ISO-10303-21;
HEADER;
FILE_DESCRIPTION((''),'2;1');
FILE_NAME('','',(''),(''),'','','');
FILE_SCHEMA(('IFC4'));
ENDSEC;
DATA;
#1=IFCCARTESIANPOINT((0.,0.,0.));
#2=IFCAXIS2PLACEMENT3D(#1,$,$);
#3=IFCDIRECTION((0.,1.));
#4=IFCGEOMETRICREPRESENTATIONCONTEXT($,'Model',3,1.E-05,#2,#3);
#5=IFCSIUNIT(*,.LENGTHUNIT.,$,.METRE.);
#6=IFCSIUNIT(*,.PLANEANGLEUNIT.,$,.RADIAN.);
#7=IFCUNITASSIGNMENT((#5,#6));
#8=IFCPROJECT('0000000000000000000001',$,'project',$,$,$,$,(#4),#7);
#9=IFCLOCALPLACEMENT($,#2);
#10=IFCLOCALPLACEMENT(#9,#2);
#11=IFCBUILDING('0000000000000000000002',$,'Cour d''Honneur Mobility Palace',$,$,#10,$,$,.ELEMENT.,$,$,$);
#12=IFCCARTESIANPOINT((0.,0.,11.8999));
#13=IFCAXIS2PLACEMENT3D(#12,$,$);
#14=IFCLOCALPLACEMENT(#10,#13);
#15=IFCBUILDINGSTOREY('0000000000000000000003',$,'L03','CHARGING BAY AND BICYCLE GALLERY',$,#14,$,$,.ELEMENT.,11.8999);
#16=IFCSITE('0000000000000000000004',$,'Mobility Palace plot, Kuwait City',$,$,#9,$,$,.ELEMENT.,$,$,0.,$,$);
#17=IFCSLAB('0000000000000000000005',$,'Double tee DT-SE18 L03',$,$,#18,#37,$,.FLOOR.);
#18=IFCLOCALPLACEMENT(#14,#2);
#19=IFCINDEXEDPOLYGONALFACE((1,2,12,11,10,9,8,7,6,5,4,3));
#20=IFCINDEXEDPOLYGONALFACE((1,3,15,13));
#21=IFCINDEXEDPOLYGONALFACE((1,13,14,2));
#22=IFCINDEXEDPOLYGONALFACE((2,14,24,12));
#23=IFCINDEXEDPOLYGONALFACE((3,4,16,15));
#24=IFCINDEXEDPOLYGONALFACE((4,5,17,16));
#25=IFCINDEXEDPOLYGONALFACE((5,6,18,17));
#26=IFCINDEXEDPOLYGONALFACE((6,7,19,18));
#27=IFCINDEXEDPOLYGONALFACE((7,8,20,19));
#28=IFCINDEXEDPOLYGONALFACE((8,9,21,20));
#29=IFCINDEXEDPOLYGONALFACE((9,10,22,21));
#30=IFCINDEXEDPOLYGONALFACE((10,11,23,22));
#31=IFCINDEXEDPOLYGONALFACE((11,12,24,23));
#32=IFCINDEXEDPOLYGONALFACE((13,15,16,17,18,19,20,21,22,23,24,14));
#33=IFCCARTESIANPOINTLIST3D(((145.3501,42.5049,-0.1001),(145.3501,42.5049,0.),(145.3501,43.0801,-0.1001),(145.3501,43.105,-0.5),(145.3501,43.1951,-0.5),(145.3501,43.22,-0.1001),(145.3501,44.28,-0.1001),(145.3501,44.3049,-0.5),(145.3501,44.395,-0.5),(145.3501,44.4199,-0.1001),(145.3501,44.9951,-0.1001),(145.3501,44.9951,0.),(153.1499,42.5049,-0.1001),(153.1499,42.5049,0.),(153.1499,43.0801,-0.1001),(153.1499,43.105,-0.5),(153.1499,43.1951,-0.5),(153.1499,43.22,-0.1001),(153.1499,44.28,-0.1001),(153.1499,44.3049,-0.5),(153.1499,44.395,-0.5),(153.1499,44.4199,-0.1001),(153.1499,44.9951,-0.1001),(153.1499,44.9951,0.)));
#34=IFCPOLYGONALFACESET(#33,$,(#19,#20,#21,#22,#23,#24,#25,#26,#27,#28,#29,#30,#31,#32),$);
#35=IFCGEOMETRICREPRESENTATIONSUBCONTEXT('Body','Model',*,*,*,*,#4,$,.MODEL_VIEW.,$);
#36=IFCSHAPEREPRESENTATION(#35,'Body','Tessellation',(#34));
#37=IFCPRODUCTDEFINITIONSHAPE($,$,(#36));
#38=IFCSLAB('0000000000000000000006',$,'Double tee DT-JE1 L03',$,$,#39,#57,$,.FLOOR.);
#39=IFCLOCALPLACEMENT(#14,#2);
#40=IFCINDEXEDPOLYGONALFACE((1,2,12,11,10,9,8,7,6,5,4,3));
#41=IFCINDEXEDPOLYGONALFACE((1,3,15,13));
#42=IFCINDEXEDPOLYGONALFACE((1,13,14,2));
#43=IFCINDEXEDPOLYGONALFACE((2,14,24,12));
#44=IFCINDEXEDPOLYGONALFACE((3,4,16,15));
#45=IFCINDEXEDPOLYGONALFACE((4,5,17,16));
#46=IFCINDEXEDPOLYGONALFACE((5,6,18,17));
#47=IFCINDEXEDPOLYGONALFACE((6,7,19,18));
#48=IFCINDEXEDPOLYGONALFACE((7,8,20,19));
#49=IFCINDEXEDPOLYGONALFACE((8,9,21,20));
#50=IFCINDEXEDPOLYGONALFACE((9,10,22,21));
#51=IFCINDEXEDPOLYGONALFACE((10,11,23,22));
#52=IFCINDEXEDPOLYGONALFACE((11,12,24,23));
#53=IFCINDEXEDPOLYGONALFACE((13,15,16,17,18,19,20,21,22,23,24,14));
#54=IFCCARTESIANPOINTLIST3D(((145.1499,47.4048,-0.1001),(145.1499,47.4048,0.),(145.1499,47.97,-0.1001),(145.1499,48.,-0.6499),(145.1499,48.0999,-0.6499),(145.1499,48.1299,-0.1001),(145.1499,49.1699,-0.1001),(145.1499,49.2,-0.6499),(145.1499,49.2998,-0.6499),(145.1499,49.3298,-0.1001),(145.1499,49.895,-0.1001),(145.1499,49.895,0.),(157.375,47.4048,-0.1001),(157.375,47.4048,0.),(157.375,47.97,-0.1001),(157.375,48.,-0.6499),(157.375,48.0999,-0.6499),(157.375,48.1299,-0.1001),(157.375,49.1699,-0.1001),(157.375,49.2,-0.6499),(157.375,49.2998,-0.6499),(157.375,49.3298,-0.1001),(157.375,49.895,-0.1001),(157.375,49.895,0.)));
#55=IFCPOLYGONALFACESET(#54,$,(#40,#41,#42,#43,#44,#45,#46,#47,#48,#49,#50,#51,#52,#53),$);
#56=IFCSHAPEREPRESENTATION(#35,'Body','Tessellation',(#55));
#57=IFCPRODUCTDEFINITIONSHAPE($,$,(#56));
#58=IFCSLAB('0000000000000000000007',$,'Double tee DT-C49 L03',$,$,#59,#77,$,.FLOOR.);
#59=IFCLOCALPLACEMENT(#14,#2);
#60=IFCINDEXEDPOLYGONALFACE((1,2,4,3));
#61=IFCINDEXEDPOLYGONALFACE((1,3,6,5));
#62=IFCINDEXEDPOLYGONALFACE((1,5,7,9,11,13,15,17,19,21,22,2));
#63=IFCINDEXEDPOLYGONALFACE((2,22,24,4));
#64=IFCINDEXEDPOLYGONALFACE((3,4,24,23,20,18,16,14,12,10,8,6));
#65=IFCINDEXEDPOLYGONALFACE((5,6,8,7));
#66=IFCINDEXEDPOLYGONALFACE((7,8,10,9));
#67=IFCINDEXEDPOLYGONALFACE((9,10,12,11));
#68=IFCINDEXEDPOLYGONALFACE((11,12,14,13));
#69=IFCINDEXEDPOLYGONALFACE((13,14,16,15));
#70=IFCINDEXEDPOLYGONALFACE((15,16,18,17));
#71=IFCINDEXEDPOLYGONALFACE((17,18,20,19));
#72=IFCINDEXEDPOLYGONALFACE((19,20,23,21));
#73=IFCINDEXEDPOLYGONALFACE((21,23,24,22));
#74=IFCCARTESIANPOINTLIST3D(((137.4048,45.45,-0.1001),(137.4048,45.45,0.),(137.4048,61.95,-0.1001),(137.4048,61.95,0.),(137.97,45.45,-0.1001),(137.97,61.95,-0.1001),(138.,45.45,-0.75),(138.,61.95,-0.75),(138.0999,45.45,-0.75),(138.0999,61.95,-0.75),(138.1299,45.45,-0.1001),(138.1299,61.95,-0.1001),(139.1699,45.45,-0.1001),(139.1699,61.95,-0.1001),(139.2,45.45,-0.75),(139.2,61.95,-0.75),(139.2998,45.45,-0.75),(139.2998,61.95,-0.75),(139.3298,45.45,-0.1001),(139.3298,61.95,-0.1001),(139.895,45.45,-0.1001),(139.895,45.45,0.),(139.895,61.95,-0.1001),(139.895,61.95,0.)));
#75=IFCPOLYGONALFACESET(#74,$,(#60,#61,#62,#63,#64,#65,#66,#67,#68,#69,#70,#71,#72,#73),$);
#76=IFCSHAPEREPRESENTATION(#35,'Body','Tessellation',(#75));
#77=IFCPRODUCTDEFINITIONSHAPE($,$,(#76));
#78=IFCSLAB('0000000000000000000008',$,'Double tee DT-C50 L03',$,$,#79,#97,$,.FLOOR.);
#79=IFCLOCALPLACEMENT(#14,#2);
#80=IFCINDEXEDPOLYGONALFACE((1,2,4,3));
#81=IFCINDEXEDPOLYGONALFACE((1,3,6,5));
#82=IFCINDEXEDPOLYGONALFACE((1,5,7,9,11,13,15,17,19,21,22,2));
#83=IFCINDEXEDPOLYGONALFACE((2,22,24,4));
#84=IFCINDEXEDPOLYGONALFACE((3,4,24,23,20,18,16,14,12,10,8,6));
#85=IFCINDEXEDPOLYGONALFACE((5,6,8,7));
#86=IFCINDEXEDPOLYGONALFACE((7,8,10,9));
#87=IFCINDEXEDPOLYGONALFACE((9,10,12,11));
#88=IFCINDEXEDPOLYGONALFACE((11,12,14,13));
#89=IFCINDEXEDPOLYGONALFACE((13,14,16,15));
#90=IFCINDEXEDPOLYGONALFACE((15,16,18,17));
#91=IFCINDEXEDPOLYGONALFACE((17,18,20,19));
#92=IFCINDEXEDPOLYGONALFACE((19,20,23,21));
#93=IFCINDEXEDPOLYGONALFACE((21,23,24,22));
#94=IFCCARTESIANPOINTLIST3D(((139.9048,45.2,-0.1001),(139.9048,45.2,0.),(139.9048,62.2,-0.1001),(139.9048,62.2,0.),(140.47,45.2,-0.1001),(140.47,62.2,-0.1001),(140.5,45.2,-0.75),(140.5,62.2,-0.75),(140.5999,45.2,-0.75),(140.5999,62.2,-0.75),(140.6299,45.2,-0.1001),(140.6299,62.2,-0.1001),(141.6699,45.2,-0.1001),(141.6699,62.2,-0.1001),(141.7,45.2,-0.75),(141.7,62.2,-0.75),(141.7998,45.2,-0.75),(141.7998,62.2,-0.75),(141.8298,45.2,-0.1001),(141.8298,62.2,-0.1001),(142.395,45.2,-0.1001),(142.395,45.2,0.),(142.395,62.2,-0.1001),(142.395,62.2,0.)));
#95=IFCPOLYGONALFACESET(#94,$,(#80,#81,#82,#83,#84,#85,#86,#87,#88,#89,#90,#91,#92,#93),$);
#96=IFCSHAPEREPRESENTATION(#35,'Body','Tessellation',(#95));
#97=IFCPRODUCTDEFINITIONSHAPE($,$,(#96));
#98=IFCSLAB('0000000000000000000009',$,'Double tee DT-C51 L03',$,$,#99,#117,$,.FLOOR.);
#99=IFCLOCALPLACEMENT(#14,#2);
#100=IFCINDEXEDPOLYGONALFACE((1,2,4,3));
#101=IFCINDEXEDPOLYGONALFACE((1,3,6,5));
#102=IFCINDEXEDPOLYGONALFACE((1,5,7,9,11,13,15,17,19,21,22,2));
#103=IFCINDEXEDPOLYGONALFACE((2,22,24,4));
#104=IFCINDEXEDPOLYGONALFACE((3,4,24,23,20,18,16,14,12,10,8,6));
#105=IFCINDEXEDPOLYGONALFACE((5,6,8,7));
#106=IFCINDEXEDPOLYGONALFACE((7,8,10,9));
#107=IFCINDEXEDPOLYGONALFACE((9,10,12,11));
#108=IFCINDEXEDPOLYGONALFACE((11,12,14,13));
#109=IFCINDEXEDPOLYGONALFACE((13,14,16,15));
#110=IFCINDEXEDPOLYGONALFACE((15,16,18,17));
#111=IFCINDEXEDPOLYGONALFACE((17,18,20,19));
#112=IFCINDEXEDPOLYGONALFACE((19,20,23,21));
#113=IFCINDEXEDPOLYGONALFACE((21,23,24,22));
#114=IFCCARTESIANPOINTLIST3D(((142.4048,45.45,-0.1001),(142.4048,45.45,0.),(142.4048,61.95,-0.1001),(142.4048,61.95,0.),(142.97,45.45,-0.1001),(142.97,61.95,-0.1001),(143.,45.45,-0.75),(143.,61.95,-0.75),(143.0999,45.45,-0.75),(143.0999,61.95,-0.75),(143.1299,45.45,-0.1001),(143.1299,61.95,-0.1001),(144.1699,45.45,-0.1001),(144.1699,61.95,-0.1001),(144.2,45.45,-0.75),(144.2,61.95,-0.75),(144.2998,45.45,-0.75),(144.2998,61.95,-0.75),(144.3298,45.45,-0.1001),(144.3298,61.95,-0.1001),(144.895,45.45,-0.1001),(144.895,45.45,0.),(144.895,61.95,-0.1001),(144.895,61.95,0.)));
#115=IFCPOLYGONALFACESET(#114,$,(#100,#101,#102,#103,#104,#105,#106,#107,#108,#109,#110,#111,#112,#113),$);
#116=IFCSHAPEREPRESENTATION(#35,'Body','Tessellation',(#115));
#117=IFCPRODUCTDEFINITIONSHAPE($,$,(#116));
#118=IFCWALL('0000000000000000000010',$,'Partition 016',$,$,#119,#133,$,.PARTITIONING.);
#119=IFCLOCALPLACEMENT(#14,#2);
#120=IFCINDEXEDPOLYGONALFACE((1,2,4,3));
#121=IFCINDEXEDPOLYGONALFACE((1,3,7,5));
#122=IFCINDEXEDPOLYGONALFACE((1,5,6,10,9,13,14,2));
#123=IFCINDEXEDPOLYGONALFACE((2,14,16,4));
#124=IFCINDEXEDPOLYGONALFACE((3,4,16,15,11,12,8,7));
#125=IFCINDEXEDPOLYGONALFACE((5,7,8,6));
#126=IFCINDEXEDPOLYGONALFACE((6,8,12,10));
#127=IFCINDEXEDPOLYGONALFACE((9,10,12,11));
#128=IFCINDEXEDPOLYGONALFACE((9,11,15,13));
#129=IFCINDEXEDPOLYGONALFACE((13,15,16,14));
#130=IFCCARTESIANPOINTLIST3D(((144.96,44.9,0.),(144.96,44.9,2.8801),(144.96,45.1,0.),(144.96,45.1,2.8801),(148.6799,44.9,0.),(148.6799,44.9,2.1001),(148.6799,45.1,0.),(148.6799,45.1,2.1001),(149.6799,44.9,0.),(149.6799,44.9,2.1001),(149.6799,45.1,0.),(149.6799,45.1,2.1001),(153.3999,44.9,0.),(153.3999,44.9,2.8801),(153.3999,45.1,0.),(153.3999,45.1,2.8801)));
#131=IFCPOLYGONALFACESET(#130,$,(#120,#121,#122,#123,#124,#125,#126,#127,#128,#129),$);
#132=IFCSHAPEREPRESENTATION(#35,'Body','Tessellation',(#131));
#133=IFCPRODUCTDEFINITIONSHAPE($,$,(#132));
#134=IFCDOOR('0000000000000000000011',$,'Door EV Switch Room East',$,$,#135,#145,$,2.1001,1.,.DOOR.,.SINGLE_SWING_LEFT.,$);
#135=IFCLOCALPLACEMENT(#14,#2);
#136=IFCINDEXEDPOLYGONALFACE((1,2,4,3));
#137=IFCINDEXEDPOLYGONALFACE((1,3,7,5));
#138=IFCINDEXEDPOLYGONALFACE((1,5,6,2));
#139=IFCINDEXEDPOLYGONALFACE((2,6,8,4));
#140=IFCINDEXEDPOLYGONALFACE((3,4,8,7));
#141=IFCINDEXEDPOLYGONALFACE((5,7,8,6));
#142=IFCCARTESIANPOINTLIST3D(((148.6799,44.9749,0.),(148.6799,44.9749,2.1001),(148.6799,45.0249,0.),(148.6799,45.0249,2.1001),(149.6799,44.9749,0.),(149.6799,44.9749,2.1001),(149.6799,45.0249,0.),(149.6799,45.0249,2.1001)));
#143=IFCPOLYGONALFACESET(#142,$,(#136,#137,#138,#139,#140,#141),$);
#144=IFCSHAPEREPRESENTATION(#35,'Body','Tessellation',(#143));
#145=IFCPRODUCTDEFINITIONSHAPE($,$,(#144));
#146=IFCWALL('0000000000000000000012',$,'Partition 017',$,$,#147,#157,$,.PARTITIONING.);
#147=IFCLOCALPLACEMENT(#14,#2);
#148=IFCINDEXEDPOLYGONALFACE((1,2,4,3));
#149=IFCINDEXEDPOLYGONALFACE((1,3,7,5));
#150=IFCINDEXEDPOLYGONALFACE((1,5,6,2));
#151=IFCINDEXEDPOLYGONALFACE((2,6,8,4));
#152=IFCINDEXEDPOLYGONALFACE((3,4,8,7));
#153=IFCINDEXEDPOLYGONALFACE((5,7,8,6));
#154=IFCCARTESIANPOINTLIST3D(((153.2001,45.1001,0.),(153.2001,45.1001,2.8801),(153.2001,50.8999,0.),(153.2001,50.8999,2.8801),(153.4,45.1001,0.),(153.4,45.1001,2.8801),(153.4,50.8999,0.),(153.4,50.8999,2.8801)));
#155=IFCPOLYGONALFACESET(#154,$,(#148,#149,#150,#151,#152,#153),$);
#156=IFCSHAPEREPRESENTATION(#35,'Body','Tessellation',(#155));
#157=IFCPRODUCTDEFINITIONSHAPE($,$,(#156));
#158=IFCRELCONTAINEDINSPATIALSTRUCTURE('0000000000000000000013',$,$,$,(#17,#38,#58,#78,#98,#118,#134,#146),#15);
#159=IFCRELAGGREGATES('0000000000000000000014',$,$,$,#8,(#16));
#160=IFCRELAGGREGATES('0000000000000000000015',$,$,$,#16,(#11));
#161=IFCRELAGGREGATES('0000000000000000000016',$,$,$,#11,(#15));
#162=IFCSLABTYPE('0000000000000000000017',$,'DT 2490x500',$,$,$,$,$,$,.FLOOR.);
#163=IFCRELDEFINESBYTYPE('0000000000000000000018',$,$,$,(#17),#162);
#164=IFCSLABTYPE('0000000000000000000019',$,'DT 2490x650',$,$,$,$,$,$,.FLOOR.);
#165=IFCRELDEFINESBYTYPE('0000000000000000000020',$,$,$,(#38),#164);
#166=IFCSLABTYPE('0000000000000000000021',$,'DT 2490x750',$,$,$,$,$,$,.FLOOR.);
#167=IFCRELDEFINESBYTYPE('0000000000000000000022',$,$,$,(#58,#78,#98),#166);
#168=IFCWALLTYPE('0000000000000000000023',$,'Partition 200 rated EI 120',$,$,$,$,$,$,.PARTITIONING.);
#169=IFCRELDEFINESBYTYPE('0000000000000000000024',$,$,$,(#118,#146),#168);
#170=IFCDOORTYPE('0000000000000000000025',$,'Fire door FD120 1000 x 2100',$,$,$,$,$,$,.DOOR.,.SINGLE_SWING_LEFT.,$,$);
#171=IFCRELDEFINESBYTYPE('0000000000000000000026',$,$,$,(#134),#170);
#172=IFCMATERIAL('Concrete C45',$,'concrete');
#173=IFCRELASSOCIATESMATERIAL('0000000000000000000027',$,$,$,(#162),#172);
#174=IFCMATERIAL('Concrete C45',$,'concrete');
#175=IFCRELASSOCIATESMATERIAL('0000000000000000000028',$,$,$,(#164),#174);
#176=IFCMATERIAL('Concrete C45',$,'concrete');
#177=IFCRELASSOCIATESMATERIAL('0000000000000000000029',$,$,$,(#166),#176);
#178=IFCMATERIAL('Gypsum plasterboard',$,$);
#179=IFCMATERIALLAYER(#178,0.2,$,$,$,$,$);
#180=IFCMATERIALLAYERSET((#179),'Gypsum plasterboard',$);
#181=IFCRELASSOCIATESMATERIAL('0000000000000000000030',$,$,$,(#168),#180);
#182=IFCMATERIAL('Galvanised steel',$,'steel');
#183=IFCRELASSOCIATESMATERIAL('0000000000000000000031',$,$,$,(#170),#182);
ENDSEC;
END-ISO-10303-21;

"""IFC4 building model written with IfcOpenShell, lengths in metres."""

from ifc_helpers import new_model, si_unit, direction, frame, frame_2d, origin, place, context, subcontext, project, spatial, polyline, rectangle, outline, extrude, material, layer, layer_set, material_profile, profile_set, type_object, element, fill, save


model = new_model("IFC4")

# Units and contexts
model_context = context("Model", 3, precision=1e-05, world=origin(), true_north=direction((0.0, 1.0)))
body_context = subcontext(model_context, "Body", "Model", "MODEL_VIEW")
ifc_project = project(units=[si_unit("LENGTHUNIT", "METRE"), si_unit("PLANEANGLEUNIT", "RADIAN")], contexts=[model_context])

# Site, building, storey
site_placement = place(None, origin())
site = spatial("IfcSite", under=ifc_project, at=site_placement, Name="Mobility Palace plot, Kuwait City", CompositionType="ELEMENT", RefElevation=0.0)
building_placement = place(site_placement, origin())
building = spatial("IfcBuilding", under=site, at=building_placement, Name="Cour d'Honneur Mobility Palace", CompositionType="ELEMENT")
storey_placement = place(building_placement, frame((0.0, 0.0, 11.8999)))
storey = spatial("IfcBuildingStorey", under=building, at=storey_placement, Name="L03", Description="CHARGING BAY AND BICYCLE GALLERY", CompositionType="ELEMENT", Elevation=11.8999)

# Slabs
ifc_material_1 = material(Name="Concrete C45", Category="concrete")
ifc_material_profile_1 = material_profile(ifc_material_1, outline(polyline([(-1.2451, 0.0), (1.2451, 0.0), (1.2451, -0.1001), (0.6699, -0.1001), (0.645, -0.5), (0.5549, -0.5), (0.53, -0.1001), (-0.53, -0.1001), (-0.5549, -0.5), (-0.645, -0.5), (-0.6699, -0.1001), (-1.2451, -0.1001), (-1.2451, 0.0)])), Name="DT 2490x500")
ifc_profile_set_1 = profile_set([ifc_material_profile_1], Name="Concrete C45")
slab_type_1 = type_object("IfcSlabType", Name="DT 2490x500", PredefinedType="FLOOR", material=ifc_profile_set_1)
slab_1_placement = place(storey_placement, frame((145.3501, 43.75, 0.0), z_axis=(1.0, 0.0, 0.0), x_axis=(0.0, 1.0, 0.0)))
element("IfcSlab", 1, at=slab_1_placement, inside=storey, type_object=slab_type_1, Name="Double tee DT-SE18 L03", PredefinedType="FLOOR", context=body_context, shape_type="SweptSolid", body=[
    extrude(outline(polyline([(-1.2451, 0.0), (1.2451, 0.0), (1.2451, -0.1001), (0.6699, -0.1001), (0.645, -0.5), (0.5549, -0.5), (0.53, -0.1001), (-0.53, -0.1001), (-0.5549, -0.5), (-0.645, -0.5), (-0.6699, -0.1001), (-1.2451, -0.1001), (-1.2451, 0.0)])), origin(), (0.0, 0.0, 1.0), 7.7998),
])
ifc_material_2 = material(Name="Concrete C45", Category="concrete")
ifc_material_profile_2 = material_profile(ifc_material_2, outline(polyline([(-1.2451, 0.0), (1.2451, 0.0), (1.2451, -0.1001), (0.6799, -0.1001), (0.6499, -0.6499), (0.55, -0.6499), (0.52, -0.1001), (-0.52, -0.1001), (-0.55, -0.6499), (-0.6499, -0.6499), (-0.6799, -0.1001), (-1.2451, -0.1001), (-1.2451, 0.0)])), Name="DT 2490x650")
ifc_profile_set_2 = profile_set([ifc_material_profile_2], Name="Concrete C45")
slab_type_2 = type_object("IfcSlabType", Name="DT 2490x650", PredefinedType="FLOOR", material=ifc_profile_set_2)
slab_2_placement = place(storey_placement, frame((145.1499, 48.6499, 0.0), z_axis=(1.0, 0.0, 0.0), x_axis=(0.0, 1.0, 0.0)))
element("IfcSlab", 2, at=slab_2_placement, inside=storey, type_object=slab_type_2, Name="Double tee DT-JE1 L03", PredefinedType="FLOOR", context=body_context, shape_type="SweptSolid", body=[
    extrude(outline(polyline([(-1.2451, 0.0), (1.2451, 0.0), (1.2451, -0.1001), (0.6799, -0.1001), (0.6499, -0.6499), (0.55, -0.6499), (0.52, -0.1001), (-0.52, -0.1001), (-0.55, -0.6499), (-0.6499, -0.6499), (-0.6799, -0.1001), (-1.2451, -0.1001), (-1.2451, 0.0)])), origin(), (0.0, 0.0, 1.0), 12.2251),
])
ifc_material_3 = material(Name="Concrete C45", Category="concrete")
ifc_material_profile_3 = material_profile(ifc_material_3, outline(polyline([(-1.2451, 0.0), (1.2451, 0.0), (1.2451, -0.1001), (0.6799, -0.1001), (0.6499, -0.75), (0.55, -0.75), (0.52, -0.1001), (-0.52, -0.1001), (-0.55, -0.75), (-0.6499, -0.75), (-0.6799, -0.1001), (-1.2451, -0.1001), (-1.2451, 0.0)])), Name="DT 2490x750")
ifc_profile_set_3 = profile_set([ifc_material_profile_3], Name="Concrete C45")
slab_type_3 = type_object("IfcSlabType", Name="DT 2490x750", PredefinedType="FLOOR", material=ifc_profile_set_3)
slab_3_placement = place(storey_placement, frame((138.6499, 45.45, 0.0), z_axis=(0.0, 1.0, 0.0), x_axis=(-1.0, 0.0, 0.0)))
element("IfcSlab", 3, at=slab_3_placement, inside=storey, type_object=slab_type_3, Name="Double tee DT-C49 L03", PredefinedType="FLOOR", context=body_context, shape_type="SweptSolid", body=[
    extrude(outline(polyline([(-1.2451, 0.0), (1.2451, 0.0), (1.2451, -0.1001), (0.6799, -0.1001), (0.6499, -0.75), (0.55, -0.75), (0.52, -0.1001), (-0.52, -0.1001), (-0.55, -0.75), (-0.6499, -0.75), (-0.6799, -0.1001), (-1.2451, -0.1001), (-1.2451, 0.0)])), origin(), (0.0, 0.0, 1.0), 16.5),
])
slab_4_placement = place(storey_placement, frame((141.1499, 45.2, 0.0), z_axis=(0.0, 1.0, 0.0), x_axis=(-1.0, 0.0, 0.0)))
element("IfcSlab", 4, at=slab_4_placement, inside=storey, type_object=slab_type_3, Name="Double tee DT-C50 L03", PredefinedType="FLOOR", context=body_context, shape_type="SweptSolid", body=[
    extrude(outline(polyline([(-1.2451, 0.0), (1.2451, 0.0), (1.2451, -0.1001), (0.6799, -0.1001), (0.6499, -0.75), (0.55, -0.75), (0.52, -0.1001), (-0.52, -0.1001), (-0.55, -0.75), (-0.6499, -0.75), (-0.6799, -0.1001), (-1.2451, -0.1001), (-1.2451, 0.0)])), origin(), (0.0, 0.0, 1.0), 17.0),
])
slab_5_placement = place(storey_placement, frame((143.6499, 45.45, 0.0), z_axis=(0.0, 1.0, 0.0), x_axis=(-1.0, 0.0, 0.0)))
element("IfcSlab", 5, at=slab_5_placement, inside=storey, type_object=slab_type_3, Name="Double tee DT-C51 L03", PredefinedType="FLOOR", context=body_context, shape_type="SweptSolid", body=[
    extrude(outline(polyline([(-1.2451, 0.0), (1.2451, 0.0), (1.2451, -0.1001), (0.6799, -0.1001), (0.6499, -0.75), (0.55, -0.75), (0.52, -0.1001), (-0.52, -0.1001), (-0.55, -0.75), (-0.6499, -0.75), (-0.6799, -0.1001), (-1.2451, -0.1001), (-1.2451, 0.0)])), origin(), (0.0, 0.0, 1.0), 16.5),
])

# Wall, opening, door
ifc_material_4 = material(Name="Gypsum plasterboard")
ifc_layer_1 = layer(ifc_material_4, 0.2)
ifc_layer_set_1 = layer_set([ifc_layer_1], Name="Gypsum plasterboard")
wall_type = type_object("IfcWallType", Name="Partition 200 rated EI 120", PredefinedType="PARTITIONING", material=ifc_layer_set_1)
wall_1_placement = place(storey_placement, frame((144.96, 45.0, 0.0), z_axis=(0.0, 0.0, 1.0), x_axis=(1.0, 0.0, 0.0)))
wall_1 = element("IfcWall", 6, at=wall_1_placement, inside=storey, type_object=wall_type, Name="Partition 016", PredefinedType="PARTITIONING", context=body_context, shape_type="SweptSolid", body=[
    extrude(rectangle(XDim=8.4399, YDim=0.2, at=frame_2d((4.22, 0.0))), origin(), (0.0, 0.0, 1.0), 2.8801),
])
opening_placement = place(wall_1_placement, frame((3.72, 0.0, 0.0)))
opening = element("IfcOpeningElement", 7, at=opening_placement, cuts=wall_1, PredefinedType="OPENING", context=body_context, shape_type="SweptSolid", body=[
    extrude(rectangle(XDim=1.0, YDim=2.1001, at=frame_2d((0.5, 1.05))), frame((0.0, 0.1099, 0.0), z_axis=(0.0, -1.0, 0.0), x_axis=(1.0, 0.0, 0.0)), (0.0, 0.0, 1.0), 0.22),
])
ifc_material_5 = material(Name="Galvanised steel", Category="steel")
door_type = type_object("IfcDoorType", Name="Fire door FD120 1000 x 2100", OperationType="SINGLE_SWING_LEFT", PredefinedType="DOOR", material=ifc_material_5)
door_placement = place(opening_placement, origin())
door = element("IfcDoor", 8, at=door_placement, inside=storey, type_object=door_type, Name="Door EV Switch Room East", OperationType="SINGLE_SWING_LEFT", OverallHeight=2.1001, OverallWidth=1.0, PredefinedType="DOOR", context=body_context, shape_type="SweptSolid", body=[
    extrude(rectangle(XDim=1.0, YDim=2.1001, at=frame_2d((0.5, 1.05))), frame((0.0, 0.0249, 0.0), z_axis=(0.0, -1.0, 0.0), x_axis=(1.0, 0.0, 0.0)), (0.0, 0.0, 1.0), 0.05),
])
fill(opening, door)

# Wall
wall_2_placement = place(storey_placement, frame((153.3, 45.1001, 0.0), z_axis=(0.0, 0.0, 1.0), x_axis=(0.0, 1.0, 0.0)))
element("IfcWall", 9, at=wall_2_placement, inside=storey, type_object=wall_type, Name="Partition 017", PredefinedType="PARTITIONING", context=body_context, shape_type="SweptSolid", body=[
    extrude(rectangle(XDim=5.7998, YDim=0.2, at=frame_2d((2.8999, 0.0))), origin(), (0.0, 0.0, 1.0), 2.8801),
])

save(model, "model.ifc")
